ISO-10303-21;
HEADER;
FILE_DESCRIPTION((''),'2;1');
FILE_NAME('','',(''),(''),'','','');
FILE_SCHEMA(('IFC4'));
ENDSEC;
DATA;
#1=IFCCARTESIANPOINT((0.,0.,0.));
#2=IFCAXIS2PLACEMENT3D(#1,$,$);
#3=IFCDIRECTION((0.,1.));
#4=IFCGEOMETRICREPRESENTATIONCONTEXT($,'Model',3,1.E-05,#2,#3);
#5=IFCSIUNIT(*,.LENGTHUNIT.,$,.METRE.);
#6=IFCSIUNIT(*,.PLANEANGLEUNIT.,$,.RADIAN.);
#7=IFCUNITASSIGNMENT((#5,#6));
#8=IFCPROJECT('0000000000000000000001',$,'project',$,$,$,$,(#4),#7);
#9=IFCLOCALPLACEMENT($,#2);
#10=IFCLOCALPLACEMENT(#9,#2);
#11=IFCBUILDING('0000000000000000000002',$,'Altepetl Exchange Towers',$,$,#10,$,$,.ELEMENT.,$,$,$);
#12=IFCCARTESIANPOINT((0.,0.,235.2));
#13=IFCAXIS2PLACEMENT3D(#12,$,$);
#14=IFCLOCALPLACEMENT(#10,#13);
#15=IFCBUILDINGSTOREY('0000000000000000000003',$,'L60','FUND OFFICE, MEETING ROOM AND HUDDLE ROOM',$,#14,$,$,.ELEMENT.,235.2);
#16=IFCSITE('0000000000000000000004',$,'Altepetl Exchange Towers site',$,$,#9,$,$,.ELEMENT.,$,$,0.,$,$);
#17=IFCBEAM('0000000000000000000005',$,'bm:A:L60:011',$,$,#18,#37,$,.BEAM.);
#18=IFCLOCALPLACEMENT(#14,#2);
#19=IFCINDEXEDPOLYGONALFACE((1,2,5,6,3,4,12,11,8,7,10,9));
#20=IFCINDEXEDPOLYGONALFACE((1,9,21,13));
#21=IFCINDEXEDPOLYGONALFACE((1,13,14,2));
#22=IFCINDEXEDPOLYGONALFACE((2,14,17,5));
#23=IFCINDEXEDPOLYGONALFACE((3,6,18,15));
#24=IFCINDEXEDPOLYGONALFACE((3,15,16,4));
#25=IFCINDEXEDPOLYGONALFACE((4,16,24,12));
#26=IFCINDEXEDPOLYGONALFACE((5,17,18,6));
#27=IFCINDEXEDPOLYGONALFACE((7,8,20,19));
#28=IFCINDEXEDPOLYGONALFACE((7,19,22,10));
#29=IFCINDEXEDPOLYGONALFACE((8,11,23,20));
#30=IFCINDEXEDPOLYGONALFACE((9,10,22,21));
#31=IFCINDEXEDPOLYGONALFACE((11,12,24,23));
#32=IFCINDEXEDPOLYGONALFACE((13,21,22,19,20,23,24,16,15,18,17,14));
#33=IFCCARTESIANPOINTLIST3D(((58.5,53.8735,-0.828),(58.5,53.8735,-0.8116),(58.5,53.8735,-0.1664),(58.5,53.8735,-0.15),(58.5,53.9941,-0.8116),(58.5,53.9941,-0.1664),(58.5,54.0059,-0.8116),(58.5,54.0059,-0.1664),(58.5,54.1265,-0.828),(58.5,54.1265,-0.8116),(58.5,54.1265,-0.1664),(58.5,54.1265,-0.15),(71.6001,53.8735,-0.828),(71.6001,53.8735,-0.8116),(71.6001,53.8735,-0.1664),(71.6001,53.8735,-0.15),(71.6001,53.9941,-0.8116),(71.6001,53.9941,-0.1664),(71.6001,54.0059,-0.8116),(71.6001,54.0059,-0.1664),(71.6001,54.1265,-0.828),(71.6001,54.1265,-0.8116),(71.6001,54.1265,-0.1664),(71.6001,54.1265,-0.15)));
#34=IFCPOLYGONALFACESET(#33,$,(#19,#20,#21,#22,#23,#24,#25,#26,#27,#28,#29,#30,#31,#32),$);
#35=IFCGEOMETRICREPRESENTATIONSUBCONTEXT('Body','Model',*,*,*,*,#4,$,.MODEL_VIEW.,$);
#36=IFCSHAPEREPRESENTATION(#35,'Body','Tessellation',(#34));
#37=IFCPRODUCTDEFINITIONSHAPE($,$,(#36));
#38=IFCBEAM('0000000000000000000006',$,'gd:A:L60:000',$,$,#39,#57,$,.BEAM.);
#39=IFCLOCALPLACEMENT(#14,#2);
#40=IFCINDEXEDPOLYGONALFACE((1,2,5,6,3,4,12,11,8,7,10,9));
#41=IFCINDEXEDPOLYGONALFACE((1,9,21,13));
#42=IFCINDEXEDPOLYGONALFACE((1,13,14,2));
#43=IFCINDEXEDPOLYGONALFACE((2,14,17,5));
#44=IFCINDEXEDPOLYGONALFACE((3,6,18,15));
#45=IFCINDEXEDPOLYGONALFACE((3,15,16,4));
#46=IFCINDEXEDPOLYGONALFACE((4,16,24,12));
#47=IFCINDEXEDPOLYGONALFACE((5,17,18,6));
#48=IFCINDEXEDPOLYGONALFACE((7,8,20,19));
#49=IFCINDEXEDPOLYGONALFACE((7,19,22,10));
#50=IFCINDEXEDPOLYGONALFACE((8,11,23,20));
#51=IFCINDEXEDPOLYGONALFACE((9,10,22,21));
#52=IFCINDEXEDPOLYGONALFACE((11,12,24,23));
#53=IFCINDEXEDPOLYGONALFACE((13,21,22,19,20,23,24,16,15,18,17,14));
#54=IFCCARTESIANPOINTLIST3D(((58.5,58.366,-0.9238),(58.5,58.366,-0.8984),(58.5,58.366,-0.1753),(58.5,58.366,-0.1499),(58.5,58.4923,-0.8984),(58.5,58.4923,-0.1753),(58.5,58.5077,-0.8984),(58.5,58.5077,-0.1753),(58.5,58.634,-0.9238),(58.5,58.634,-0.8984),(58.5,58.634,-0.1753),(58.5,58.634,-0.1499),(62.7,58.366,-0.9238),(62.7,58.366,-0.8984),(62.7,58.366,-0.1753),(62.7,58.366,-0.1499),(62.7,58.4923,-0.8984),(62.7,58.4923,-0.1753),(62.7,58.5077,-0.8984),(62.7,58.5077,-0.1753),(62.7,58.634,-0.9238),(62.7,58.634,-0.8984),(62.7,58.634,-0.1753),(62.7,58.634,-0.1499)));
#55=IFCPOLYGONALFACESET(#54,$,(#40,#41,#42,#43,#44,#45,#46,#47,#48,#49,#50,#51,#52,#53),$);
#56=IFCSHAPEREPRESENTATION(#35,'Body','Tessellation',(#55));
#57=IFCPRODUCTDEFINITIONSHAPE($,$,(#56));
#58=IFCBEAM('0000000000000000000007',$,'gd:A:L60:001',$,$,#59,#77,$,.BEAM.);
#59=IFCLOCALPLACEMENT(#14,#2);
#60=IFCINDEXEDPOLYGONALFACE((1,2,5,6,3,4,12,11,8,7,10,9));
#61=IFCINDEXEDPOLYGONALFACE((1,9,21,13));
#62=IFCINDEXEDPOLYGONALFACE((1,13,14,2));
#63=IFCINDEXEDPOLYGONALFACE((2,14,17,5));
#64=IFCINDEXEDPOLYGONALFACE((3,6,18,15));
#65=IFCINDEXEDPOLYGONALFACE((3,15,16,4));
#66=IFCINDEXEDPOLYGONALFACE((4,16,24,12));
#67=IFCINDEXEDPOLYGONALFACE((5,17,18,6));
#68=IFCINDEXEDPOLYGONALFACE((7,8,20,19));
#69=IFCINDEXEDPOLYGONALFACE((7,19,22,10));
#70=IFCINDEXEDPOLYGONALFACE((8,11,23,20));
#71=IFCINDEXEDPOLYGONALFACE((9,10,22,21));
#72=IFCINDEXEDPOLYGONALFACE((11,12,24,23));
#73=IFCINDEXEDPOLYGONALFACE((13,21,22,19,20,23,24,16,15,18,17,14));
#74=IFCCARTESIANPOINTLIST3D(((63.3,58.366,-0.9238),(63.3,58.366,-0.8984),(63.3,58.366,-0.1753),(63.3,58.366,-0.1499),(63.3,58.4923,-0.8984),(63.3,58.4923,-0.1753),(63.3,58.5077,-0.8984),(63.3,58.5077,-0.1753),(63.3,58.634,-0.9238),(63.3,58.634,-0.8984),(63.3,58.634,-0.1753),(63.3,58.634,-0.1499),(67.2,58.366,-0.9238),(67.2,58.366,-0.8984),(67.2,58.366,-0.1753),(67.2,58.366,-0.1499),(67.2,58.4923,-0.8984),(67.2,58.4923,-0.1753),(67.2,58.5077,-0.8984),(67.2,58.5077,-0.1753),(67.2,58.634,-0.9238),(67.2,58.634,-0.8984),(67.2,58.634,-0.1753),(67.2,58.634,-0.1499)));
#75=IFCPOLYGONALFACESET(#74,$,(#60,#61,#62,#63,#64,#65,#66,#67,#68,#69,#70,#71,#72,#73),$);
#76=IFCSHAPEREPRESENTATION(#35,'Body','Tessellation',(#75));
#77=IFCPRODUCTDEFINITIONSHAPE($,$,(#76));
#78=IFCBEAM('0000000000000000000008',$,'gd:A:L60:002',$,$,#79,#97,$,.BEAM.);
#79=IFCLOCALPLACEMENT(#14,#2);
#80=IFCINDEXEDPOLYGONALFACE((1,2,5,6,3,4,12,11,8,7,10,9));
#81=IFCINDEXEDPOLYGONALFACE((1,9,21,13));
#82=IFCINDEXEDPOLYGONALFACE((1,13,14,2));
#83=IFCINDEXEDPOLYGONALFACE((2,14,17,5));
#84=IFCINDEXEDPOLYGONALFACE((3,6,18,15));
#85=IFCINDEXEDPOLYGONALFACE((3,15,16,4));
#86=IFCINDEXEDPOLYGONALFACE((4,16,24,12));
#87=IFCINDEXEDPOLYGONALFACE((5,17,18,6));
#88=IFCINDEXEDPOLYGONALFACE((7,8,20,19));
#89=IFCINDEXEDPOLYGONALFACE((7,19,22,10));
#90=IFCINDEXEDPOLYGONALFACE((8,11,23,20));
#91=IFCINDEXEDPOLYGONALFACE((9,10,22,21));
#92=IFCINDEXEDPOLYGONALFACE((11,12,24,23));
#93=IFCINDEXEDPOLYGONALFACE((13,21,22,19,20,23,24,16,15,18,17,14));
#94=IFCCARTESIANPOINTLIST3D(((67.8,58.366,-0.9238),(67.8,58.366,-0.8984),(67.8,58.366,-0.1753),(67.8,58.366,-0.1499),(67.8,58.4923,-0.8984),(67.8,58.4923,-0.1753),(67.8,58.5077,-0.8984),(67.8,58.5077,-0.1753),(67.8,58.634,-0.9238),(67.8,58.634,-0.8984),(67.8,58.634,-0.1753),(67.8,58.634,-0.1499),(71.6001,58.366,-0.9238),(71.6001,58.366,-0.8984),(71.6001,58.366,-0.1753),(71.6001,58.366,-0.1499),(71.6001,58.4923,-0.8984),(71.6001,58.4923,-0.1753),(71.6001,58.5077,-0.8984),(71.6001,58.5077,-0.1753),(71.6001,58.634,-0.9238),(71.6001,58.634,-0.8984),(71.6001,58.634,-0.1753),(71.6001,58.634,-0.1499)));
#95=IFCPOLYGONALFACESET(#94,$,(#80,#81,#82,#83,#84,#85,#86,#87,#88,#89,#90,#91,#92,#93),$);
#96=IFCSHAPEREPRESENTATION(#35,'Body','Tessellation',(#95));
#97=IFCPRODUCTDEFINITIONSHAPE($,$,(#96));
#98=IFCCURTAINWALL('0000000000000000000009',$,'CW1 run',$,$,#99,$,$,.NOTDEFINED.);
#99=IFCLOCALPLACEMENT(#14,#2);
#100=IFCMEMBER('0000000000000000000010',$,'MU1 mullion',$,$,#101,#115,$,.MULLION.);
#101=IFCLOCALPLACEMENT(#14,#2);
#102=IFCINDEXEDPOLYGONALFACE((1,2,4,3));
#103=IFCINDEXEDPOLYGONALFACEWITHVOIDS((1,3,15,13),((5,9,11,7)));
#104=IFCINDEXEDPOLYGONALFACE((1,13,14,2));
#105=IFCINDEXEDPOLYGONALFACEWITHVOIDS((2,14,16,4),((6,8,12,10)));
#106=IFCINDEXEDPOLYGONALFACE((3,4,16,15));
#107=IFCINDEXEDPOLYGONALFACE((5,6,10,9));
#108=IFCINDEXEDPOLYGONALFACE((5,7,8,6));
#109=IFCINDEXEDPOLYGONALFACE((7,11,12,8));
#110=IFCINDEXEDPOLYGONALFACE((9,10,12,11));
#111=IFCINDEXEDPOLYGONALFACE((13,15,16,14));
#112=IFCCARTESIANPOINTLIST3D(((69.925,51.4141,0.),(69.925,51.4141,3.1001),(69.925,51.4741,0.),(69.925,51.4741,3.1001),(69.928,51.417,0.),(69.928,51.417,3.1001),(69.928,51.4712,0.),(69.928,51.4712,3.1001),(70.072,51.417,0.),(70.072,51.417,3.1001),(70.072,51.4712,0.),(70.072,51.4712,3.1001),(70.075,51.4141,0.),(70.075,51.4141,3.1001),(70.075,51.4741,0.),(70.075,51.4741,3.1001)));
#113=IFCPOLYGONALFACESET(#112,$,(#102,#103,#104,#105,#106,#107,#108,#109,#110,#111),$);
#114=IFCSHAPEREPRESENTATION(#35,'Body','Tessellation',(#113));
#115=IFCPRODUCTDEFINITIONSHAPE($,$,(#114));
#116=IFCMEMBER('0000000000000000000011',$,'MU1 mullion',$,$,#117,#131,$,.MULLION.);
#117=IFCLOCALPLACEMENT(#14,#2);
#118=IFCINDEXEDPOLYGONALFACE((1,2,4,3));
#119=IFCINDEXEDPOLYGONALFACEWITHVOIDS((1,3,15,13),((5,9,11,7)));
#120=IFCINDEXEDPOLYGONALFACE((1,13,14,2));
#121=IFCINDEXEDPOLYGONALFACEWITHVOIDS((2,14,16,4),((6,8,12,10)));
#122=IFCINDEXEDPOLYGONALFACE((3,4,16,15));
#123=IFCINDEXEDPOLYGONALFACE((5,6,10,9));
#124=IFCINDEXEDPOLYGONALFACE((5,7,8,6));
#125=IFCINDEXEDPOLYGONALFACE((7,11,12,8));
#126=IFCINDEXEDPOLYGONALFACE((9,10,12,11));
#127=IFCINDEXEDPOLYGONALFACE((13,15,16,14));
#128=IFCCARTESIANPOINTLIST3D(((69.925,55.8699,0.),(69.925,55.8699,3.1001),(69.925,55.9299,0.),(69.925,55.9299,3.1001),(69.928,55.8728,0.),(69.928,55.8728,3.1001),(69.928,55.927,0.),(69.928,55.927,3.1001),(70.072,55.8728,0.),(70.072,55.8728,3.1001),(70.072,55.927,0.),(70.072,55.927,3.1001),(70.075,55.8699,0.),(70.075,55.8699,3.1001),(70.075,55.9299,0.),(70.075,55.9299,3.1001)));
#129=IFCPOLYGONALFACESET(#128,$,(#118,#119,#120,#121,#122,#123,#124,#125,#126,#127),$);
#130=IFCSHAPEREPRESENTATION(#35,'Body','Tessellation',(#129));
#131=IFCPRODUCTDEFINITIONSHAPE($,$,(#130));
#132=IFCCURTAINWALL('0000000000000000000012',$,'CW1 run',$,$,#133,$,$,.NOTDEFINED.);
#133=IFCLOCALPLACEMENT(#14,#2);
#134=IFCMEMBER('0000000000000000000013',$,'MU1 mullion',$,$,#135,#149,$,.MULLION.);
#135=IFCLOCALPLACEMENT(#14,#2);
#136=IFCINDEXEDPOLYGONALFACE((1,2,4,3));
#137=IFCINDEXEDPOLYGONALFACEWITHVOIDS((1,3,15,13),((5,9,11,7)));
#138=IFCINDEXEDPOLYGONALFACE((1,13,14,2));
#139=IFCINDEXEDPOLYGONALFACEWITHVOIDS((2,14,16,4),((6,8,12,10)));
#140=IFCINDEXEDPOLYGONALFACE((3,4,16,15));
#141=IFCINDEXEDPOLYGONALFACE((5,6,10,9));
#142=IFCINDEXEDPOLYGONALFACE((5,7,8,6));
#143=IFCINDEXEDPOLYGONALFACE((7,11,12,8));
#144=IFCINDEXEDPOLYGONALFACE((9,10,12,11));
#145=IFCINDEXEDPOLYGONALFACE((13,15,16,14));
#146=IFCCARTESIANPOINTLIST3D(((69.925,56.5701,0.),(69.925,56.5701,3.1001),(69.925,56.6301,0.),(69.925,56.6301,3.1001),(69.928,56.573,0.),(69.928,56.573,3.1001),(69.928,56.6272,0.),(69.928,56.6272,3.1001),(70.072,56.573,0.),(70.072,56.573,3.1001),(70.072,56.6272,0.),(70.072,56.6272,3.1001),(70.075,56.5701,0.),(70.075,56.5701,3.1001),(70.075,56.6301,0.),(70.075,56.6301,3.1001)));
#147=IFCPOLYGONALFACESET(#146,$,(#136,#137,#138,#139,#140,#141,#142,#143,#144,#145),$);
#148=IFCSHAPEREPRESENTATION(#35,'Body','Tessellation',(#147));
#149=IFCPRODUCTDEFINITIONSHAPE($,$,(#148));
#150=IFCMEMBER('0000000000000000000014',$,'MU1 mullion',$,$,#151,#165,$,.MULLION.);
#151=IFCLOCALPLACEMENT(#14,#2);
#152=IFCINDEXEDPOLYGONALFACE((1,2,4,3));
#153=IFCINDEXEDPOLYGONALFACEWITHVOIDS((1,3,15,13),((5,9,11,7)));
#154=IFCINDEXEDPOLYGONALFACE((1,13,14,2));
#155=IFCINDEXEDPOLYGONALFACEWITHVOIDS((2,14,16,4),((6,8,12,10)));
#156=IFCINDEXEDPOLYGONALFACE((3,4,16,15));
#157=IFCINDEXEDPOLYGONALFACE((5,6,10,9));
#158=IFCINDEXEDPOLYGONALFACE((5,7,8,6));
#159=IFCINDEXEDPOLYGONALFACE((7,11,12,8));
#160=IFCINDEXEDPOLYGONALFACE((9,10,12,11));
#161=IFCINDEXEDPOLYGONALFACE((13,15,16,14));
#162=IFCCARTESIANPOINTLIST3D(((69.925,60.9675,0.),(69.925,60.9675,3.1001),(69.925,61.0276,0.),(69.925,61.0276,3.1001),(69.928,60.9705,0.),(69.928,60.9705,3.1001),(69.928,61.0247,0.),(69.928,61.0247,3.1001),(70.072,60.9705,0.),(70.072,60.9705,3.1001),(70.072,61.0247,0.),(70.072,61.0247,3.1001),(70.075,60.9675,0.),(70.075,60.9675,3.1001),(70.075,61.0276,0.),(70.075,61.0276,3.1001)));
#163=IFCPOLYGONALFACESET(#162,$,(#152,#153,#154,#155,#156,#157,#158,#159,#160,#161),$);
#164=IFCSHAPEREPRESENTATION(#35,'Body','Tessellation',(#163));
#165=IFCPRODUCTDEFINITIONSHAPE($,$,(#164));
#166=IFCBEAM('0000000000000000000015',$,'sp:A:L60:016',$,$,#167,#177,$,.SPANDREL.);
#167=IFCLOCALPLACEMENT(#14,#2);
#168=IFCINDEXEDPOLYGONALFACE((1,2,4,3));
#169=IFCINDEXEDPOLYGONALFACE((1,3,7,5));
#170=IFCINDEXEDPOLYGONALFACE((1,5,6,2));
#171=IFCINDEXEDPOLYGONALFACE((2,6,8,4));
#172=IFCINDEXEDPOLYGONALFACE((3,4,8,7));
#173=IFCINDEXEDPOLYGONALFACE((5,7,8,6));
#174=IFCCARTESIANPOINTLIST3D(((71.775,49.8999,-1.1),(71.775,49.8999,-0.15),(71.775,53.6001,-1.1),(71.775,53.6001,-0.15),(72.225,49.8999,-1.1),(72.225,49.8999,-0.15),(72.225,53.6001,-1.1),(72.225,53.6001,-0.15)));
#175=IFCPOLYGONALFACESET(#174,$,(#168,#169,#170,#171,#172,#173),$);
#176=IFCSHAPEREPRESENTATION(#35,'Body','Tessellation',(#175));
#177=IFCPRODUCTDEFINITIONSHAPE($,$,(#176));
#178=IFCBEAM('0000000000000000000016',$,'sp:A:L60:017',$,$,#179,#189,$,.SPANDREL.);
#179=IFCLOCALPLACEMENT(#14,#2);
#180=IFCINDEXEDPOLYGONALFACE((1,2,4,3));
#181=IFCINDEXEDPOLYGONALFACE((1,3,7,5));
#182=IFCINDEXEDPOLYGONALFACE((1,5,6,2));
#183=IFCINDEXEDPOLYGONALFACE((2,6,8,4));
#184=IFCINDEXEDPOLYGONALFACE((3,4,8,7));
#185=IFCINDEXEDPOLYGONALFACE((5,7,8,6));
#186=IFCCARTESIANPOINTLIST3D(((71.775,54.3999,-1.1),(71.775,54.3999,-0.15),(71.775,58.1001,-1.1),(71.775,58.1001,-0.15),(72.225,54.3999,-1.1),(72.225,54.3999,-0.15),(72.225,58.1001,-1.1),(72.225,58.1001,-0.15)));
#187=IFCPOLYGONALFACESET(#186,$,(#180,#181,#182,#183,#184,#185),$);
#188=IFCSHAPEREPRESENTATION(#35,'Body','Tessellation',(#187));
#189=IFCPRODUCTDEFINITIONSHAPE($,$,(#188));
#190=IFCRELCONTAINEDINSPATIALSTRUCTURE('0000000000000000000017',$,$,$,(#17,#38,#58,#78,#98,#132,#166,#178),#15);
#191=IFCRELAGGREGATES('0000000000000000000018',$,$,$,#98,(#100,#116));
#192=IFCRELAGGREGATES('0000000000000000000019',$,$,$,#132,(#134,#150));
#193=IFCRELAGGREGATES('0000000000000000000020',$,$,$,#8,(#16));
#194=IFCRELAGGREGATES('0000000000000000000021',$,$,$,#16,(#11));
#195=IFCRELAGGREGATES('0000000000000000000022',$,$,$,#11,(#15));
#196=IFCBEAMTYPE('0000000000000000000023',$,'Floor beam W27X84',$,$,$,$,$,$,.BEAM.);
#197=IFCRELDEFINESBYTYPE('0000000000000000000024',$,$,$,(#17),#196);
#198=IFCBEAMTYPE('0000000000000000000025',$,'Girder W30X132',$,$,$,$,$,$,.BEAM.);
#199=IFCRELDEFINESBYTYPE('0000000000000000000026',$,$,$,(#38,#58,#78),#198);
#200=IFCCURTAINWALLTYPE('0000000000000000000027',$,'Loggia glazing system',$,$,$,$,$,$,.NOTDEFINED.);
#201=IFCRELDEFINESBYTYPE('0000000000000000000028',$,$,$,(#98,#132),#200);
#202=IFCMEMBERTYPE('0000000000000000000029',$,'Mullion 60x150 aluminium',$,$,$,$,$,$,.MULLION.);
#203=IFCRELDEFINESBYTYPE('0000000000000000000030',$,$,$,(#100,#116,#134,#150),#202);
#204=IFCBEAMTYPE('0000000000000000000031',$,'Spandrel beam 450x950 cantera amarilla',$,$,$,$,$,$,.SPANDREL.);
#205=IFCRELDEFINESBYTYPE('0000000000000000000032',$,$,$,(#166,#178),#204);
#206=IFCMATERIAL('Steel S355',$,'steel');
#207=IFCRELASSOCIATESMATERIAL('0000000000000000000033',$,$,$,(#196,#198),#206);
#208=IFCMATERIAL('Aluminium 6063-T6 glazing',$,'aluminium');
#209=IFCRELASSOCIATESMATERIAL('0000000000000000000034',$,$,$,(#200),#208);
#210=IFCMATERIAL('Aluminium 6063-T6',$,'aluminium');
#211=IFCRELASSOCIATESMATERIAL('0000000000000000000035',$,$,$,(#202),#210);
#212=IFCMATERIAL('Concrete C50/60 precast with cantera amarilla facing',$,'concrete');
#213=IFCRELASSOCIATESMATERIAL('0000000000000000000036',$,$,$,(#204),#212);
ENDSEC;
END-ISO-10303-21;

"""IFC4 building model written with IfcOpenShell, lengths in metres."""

from ifc_helpers import new_model, si_unit, direction, frame, origin, origin_2d, place, context, subcontext, project, spatial, rectangle, hollow_rectangle, i_section, extrude, material, material_profile, profile_set, type_object, element, aggregate, save


model = new_model("IFC4")

# Units and contexts
model_context = context("Model", 3, precision=1e-05, world=origin(), true_north=direction((0.0, 1.0)))
body_context = subcontext(model_context, "Body", "Model", "MODEL_VIEW")
ifc_project = project(units=[si_unit("LENGTHUNIT", "METRE"), si_unit("PLANEANGLEUNIT", "RADIAN")], contexts=[model_context])

# Site, building, storey
site_placement = place(None, origin())
site = spatial("IfcSite", under=ifc_project, at=site_placement, Name="Altepetl Exchange Towers site", CompositionType="ELEMENT", RefElevation=0.0)
building_placement = place(site_placement, origin())
building = spatial("IfcBuilding", under=site, at=building_placement, Name="Altepetl Exchange Towers", CompositionType="ELEMENT")
storey_placement = place(building_placement, frame((0.0, 0.0, 235.2)))
storey = spatial("IfcBuildingStorey", under=building, at=storey_placement, Name="L60", Description="FUND OFFICE, MEETING ROOM AND HUDDLE ROOM", CompositionType="ELEMENT", Elevation=235.2)

# Beams
ifc_material_1 = material(Name="Steel S355", Category="steel")
ifc_material_profile_1 = material_profile(ifc_material_1, i_section(OverallWidth=0.2529, OverallDepth=0.678, WebThickness=0.0117, FlangeThickness=0.0164, at=origin_2d()), Name="W27X84")
ifc_profile_set_1 = profile_set([ifc_material_profile_1], Name="Steel S355")
beam_type_1 = type_object("IfcBeamType", Name="Floor beam W27X84", PredefinedType="BEAM", material=ifc_profile_set_1)
for number, where, z_axis, x_axis, name in (
    (1, (58.5, 54.0, -0.489), (1.0, 0.0, 0.0), (0.0, 1.0, 0.0), "bm:A:L60:011"),
):
    element("IfcBeam", number, at=place(storey_placement, frame(where, z_axis=z_axis, x_axis=x_axis)), inside=storey, type_object=beam_type_1, Name=name, PredefinedType="BEAM", context=body_context, shape_type="SweptSolid", body=[
        extrude(i_section(OverallWidth=0.2529, OverallDepth=0.678, WebThickness=0.0117, FlangeThickness=0.0164, at=origin_2d()), origin(), (0.0, 0.0, 1.0), 13.1001),
    ])
ifc_material_profile_2 = material_profile(ifc_material_1, i_section(OverallWidth=0.2681, OverallDepth=0.7739, WebThickness=0.0154, FlangeThickness=0.0254, at=origin_2d()), Name="W30X132")
ifc_profile_set_2 = profile_set([ifc_material_profile_2], Name="Steel S355")
beam_type_2 = type_object("IfcBeamType", Name="Girder W30X132", PredefinedType="BEAM", material=ifc_profile_set_2)
beam_1_placement = place(storey_placement, frame((58.5, 58.5, -0.5369), z_axis=(1.0, 0.0, 0.0), x_axis=(0.0, 1.0, 0.0)))
element("IfcBeam", 2, at=beam_1_placement, inside=storey, type_object=beam_type_2, Name="gd:A:L60:000", PredefinedType="BEAM", context=body_context, shape_type="SweptSolid", body=[
    extrude(i_section(OverallWidth=0.2681, OverallDepth=0.7739, WebThickness=0.0154, FlangeThickness=0.0254, at=origin_2d()), origin(), (0.0, 0.0, 1.0), 4.2),
])
beam_2_placement = place(storey_placement, frame((63.3, 58.5, -0.5369), z_axis=(1.0, 0.0, 0.0), x_axis=(0.0, 1.0, 0.0)))
element("IfcBeam", 3, at=beam_2_placement, inside=storey, type_object=beam_type_2, Name="gd:A:L60:001", PredefinedType="BEAM", context=body_context, shape_type="SweptSolid", body=[
    extrude(i_section(OverallWidth=0.2681, OverallDepth=0.7739, WebThickness=0.0154, FlangeThickness=0.0254, at=origin_2d()), origin(), (0.0, 0.0, 1.0), 3.8999),
])
beam_3_placement = place(storey_placement, frame((67.8, 58.5, -0.5369), z_axis=(1.0, 0.0, 0.0), x_axis=(0.0, 1.0, 0.0)))
element("IfcBeam", 4, at=beam_3_placement, inside=storey, type_object=beam_type_2, Name="gd:A:L60:002", PredefinedType="BEAM", context=body_context, shape_type="SweptSolid", body=[
    extrude(i_section(OverallWidth=0.2681, OverallDepth=0.7739, WebThickness=0.0154, FlangeThickness=0.0254, at=origin_2d()), origin(), (0.0, 0.0, 1.0), 3.8),
])

# Curtain walls, members
ifc_material_2 = material(Name="Aluminium 6063-T6 glazing", Category="aluminium")
curtain_wall_type = type_object("IfcCurtainWallType", Name="Loggia glazing system", PredefinedType="NOTDEFINED", material=ifc_material_2)
curtain_wall_1_placement = place(storey_placement, origin())
curtain_wall_1 = element("IfcCurtainWall", 5, at=curtain_wall_1_placement, inside=storey, type_object=curtain_wall_type, Name="CW1 run", PredefinedType="NOTDEFINED")
ifc_material_3 = material(Name="Aluminium 6063-T6", Category="aluminium")
ifc_material_profile_3 = material_profile(ifc_material_3, hollow_rectangle(XDim=0.0601, YDim=0.1499, WallThickness=0.0029, at=origin_2d()), Name="Mullion 60x150 aluminium")
ifc_profile_set_3 = profile_set([ifc_material_profile_3], Name="Aluminium 6063-T6")
member_type = type_object("IfcMemberType", Name="Mullion 60x150 aluminium", PredefinedType="MULLION", material=ifc_profile_set_3)
member_1_placement = place(storey_placement, frame((70.0, 51.4441, 0.0), z_axis=(0.0, 0.0, 1.0), x_axis=(0.0, 1.0, 0.0)))
member_1 = element("IfcMember", 6, at=member_1_placement, type_object=member_type, Name="MU1 mullion", PredefinedType="MULLION", context=body_context, shape_type="SweptSolid", body=[
    extrude(hollow_rectangle(XDim=0.0601, YDim=0.1499, WallThickness=0.0029, at=origin_2d()), origin(), (0.0, 0.0, 1.0), 3.1001),
])
member_2_placement = place(storey_placement, frame((70.0, 55.8999, 0.0), z_axis=(0.0, 0.0, 1.0), x_axis=(0.0, 1.0, 0.0)))
member_2 = element("IfcMember", 7, at=member_2_placement, type_object=member_type, Name="MU1 mullion", PredefinedType="MULLION", context=body_context, shape_type="SweptSolid", body=[
    extrude(hollow_rectangle(XDim=0.0601, YDim=0.1499, WallThickness=0.0029, at=origin_2d()), origin(), (0.0, 0.0, 1.0), 3.1001),
])
curtain_wall_2_placement = place(storey_placement, origin())
curtain_wall_2 = element("IfcCurtainWall", 8, at=curtain_wall_2_placement, inside=storey, type_object=curtain_wall_type, Name="CW1 run", PredefinedType="NOTDEFINED")
member_3_placement = place(storey_placement, frame((70.0, 56.6001, 0.0), z_axis=(0.0, 0.0, 1.0), x_axis=(0.0, 1.0, 0.0)))
member_3 = element("IfcMember", 9, at=member_3_placement, type_object=member_type, Name="MU1 mullion", PredefinedType="MULLION", context=body_context, shape_type="SweptSolid", body=[
    extrude(hollow_rectangle(XDim=0.0601, YDim=0.1499, WallThickness=0.0029, at=origin_2d()), origin(), (0.0, 0.0, 1.0), 3.1001),
])
member_4_placement = place(storey_placement, frame((70.0, 60.9976, 0.0), z_axis=(0.0, 0.0, 1.0), x_axis=(0.0, 1.0, 0.0)))
member_4 = element("IfcMember", 10, at=member_4_placement, type_object=member_type, Name="MU1 mullion", PredefinedType="MULLION", context=body_context, shape_type="SweptSolid", body=[
    extrude(hollow_rectangle(XDim=0.0601, YDim=0.1499, WallThickness=0.0029, at=origin_2d()), origin(), (0.0, 0.0, 1.0), 3.1001),
])

# Beams
ifc_material_4 = material(Name="Concrete C50/60 precast with cantera amarilla facing", Category="concrete")
ifc_material_profile_4 = material_profile(ifc_material_4, rectangle(XDim=0.45, YDim=0.95, at=origin_2d()), Name="450 x 950")
ifc_profile_set_4 = profile_set([ifc_material_profile_4], Name="Concrete C50/60 precast with cantera amarilla facing")
beam_type_3 = type_object("IfcBeamType", Name="Spandrel beam 450x950 cantera amarilla", PredefinedType="SPANDREL", material=ifc_profile_set_4)
for number, where, z_axis, x_axis, name in (
    (11, (72.0, 49.8999, -0.625), (0.0, 1.0, 0.0), (-1.0, 0.0, 0.0), "sp:A:L60:016"),
    (12, (72.0, 54.3999, -0.625), (0.0, 1.0, 0.0), (-1.0, 0.0, 0.0), "sp:A:L60:017"),
):
    element("IfcBeam", number, at=place(storey_placement, frame(where, z_axis=z_axis, x_axis=x_axis)), inside=storey, type_object=beam_type_3, Name=name, PredefinedType="SPANDREL", context=body_context, shape_type="SweptSolid", body=[
        extrude(rectangle(XDim=0.45, YDim=0.95, at=origin_2d()), origin(), (0.0, 0.0, 1.0), 3.7002),
    ])

aggregate(curtain_wall_1, [member_1, member_2])
aggregate(curtain_wall_2, [member_3, member_4])

save(model, "model.ifc")
